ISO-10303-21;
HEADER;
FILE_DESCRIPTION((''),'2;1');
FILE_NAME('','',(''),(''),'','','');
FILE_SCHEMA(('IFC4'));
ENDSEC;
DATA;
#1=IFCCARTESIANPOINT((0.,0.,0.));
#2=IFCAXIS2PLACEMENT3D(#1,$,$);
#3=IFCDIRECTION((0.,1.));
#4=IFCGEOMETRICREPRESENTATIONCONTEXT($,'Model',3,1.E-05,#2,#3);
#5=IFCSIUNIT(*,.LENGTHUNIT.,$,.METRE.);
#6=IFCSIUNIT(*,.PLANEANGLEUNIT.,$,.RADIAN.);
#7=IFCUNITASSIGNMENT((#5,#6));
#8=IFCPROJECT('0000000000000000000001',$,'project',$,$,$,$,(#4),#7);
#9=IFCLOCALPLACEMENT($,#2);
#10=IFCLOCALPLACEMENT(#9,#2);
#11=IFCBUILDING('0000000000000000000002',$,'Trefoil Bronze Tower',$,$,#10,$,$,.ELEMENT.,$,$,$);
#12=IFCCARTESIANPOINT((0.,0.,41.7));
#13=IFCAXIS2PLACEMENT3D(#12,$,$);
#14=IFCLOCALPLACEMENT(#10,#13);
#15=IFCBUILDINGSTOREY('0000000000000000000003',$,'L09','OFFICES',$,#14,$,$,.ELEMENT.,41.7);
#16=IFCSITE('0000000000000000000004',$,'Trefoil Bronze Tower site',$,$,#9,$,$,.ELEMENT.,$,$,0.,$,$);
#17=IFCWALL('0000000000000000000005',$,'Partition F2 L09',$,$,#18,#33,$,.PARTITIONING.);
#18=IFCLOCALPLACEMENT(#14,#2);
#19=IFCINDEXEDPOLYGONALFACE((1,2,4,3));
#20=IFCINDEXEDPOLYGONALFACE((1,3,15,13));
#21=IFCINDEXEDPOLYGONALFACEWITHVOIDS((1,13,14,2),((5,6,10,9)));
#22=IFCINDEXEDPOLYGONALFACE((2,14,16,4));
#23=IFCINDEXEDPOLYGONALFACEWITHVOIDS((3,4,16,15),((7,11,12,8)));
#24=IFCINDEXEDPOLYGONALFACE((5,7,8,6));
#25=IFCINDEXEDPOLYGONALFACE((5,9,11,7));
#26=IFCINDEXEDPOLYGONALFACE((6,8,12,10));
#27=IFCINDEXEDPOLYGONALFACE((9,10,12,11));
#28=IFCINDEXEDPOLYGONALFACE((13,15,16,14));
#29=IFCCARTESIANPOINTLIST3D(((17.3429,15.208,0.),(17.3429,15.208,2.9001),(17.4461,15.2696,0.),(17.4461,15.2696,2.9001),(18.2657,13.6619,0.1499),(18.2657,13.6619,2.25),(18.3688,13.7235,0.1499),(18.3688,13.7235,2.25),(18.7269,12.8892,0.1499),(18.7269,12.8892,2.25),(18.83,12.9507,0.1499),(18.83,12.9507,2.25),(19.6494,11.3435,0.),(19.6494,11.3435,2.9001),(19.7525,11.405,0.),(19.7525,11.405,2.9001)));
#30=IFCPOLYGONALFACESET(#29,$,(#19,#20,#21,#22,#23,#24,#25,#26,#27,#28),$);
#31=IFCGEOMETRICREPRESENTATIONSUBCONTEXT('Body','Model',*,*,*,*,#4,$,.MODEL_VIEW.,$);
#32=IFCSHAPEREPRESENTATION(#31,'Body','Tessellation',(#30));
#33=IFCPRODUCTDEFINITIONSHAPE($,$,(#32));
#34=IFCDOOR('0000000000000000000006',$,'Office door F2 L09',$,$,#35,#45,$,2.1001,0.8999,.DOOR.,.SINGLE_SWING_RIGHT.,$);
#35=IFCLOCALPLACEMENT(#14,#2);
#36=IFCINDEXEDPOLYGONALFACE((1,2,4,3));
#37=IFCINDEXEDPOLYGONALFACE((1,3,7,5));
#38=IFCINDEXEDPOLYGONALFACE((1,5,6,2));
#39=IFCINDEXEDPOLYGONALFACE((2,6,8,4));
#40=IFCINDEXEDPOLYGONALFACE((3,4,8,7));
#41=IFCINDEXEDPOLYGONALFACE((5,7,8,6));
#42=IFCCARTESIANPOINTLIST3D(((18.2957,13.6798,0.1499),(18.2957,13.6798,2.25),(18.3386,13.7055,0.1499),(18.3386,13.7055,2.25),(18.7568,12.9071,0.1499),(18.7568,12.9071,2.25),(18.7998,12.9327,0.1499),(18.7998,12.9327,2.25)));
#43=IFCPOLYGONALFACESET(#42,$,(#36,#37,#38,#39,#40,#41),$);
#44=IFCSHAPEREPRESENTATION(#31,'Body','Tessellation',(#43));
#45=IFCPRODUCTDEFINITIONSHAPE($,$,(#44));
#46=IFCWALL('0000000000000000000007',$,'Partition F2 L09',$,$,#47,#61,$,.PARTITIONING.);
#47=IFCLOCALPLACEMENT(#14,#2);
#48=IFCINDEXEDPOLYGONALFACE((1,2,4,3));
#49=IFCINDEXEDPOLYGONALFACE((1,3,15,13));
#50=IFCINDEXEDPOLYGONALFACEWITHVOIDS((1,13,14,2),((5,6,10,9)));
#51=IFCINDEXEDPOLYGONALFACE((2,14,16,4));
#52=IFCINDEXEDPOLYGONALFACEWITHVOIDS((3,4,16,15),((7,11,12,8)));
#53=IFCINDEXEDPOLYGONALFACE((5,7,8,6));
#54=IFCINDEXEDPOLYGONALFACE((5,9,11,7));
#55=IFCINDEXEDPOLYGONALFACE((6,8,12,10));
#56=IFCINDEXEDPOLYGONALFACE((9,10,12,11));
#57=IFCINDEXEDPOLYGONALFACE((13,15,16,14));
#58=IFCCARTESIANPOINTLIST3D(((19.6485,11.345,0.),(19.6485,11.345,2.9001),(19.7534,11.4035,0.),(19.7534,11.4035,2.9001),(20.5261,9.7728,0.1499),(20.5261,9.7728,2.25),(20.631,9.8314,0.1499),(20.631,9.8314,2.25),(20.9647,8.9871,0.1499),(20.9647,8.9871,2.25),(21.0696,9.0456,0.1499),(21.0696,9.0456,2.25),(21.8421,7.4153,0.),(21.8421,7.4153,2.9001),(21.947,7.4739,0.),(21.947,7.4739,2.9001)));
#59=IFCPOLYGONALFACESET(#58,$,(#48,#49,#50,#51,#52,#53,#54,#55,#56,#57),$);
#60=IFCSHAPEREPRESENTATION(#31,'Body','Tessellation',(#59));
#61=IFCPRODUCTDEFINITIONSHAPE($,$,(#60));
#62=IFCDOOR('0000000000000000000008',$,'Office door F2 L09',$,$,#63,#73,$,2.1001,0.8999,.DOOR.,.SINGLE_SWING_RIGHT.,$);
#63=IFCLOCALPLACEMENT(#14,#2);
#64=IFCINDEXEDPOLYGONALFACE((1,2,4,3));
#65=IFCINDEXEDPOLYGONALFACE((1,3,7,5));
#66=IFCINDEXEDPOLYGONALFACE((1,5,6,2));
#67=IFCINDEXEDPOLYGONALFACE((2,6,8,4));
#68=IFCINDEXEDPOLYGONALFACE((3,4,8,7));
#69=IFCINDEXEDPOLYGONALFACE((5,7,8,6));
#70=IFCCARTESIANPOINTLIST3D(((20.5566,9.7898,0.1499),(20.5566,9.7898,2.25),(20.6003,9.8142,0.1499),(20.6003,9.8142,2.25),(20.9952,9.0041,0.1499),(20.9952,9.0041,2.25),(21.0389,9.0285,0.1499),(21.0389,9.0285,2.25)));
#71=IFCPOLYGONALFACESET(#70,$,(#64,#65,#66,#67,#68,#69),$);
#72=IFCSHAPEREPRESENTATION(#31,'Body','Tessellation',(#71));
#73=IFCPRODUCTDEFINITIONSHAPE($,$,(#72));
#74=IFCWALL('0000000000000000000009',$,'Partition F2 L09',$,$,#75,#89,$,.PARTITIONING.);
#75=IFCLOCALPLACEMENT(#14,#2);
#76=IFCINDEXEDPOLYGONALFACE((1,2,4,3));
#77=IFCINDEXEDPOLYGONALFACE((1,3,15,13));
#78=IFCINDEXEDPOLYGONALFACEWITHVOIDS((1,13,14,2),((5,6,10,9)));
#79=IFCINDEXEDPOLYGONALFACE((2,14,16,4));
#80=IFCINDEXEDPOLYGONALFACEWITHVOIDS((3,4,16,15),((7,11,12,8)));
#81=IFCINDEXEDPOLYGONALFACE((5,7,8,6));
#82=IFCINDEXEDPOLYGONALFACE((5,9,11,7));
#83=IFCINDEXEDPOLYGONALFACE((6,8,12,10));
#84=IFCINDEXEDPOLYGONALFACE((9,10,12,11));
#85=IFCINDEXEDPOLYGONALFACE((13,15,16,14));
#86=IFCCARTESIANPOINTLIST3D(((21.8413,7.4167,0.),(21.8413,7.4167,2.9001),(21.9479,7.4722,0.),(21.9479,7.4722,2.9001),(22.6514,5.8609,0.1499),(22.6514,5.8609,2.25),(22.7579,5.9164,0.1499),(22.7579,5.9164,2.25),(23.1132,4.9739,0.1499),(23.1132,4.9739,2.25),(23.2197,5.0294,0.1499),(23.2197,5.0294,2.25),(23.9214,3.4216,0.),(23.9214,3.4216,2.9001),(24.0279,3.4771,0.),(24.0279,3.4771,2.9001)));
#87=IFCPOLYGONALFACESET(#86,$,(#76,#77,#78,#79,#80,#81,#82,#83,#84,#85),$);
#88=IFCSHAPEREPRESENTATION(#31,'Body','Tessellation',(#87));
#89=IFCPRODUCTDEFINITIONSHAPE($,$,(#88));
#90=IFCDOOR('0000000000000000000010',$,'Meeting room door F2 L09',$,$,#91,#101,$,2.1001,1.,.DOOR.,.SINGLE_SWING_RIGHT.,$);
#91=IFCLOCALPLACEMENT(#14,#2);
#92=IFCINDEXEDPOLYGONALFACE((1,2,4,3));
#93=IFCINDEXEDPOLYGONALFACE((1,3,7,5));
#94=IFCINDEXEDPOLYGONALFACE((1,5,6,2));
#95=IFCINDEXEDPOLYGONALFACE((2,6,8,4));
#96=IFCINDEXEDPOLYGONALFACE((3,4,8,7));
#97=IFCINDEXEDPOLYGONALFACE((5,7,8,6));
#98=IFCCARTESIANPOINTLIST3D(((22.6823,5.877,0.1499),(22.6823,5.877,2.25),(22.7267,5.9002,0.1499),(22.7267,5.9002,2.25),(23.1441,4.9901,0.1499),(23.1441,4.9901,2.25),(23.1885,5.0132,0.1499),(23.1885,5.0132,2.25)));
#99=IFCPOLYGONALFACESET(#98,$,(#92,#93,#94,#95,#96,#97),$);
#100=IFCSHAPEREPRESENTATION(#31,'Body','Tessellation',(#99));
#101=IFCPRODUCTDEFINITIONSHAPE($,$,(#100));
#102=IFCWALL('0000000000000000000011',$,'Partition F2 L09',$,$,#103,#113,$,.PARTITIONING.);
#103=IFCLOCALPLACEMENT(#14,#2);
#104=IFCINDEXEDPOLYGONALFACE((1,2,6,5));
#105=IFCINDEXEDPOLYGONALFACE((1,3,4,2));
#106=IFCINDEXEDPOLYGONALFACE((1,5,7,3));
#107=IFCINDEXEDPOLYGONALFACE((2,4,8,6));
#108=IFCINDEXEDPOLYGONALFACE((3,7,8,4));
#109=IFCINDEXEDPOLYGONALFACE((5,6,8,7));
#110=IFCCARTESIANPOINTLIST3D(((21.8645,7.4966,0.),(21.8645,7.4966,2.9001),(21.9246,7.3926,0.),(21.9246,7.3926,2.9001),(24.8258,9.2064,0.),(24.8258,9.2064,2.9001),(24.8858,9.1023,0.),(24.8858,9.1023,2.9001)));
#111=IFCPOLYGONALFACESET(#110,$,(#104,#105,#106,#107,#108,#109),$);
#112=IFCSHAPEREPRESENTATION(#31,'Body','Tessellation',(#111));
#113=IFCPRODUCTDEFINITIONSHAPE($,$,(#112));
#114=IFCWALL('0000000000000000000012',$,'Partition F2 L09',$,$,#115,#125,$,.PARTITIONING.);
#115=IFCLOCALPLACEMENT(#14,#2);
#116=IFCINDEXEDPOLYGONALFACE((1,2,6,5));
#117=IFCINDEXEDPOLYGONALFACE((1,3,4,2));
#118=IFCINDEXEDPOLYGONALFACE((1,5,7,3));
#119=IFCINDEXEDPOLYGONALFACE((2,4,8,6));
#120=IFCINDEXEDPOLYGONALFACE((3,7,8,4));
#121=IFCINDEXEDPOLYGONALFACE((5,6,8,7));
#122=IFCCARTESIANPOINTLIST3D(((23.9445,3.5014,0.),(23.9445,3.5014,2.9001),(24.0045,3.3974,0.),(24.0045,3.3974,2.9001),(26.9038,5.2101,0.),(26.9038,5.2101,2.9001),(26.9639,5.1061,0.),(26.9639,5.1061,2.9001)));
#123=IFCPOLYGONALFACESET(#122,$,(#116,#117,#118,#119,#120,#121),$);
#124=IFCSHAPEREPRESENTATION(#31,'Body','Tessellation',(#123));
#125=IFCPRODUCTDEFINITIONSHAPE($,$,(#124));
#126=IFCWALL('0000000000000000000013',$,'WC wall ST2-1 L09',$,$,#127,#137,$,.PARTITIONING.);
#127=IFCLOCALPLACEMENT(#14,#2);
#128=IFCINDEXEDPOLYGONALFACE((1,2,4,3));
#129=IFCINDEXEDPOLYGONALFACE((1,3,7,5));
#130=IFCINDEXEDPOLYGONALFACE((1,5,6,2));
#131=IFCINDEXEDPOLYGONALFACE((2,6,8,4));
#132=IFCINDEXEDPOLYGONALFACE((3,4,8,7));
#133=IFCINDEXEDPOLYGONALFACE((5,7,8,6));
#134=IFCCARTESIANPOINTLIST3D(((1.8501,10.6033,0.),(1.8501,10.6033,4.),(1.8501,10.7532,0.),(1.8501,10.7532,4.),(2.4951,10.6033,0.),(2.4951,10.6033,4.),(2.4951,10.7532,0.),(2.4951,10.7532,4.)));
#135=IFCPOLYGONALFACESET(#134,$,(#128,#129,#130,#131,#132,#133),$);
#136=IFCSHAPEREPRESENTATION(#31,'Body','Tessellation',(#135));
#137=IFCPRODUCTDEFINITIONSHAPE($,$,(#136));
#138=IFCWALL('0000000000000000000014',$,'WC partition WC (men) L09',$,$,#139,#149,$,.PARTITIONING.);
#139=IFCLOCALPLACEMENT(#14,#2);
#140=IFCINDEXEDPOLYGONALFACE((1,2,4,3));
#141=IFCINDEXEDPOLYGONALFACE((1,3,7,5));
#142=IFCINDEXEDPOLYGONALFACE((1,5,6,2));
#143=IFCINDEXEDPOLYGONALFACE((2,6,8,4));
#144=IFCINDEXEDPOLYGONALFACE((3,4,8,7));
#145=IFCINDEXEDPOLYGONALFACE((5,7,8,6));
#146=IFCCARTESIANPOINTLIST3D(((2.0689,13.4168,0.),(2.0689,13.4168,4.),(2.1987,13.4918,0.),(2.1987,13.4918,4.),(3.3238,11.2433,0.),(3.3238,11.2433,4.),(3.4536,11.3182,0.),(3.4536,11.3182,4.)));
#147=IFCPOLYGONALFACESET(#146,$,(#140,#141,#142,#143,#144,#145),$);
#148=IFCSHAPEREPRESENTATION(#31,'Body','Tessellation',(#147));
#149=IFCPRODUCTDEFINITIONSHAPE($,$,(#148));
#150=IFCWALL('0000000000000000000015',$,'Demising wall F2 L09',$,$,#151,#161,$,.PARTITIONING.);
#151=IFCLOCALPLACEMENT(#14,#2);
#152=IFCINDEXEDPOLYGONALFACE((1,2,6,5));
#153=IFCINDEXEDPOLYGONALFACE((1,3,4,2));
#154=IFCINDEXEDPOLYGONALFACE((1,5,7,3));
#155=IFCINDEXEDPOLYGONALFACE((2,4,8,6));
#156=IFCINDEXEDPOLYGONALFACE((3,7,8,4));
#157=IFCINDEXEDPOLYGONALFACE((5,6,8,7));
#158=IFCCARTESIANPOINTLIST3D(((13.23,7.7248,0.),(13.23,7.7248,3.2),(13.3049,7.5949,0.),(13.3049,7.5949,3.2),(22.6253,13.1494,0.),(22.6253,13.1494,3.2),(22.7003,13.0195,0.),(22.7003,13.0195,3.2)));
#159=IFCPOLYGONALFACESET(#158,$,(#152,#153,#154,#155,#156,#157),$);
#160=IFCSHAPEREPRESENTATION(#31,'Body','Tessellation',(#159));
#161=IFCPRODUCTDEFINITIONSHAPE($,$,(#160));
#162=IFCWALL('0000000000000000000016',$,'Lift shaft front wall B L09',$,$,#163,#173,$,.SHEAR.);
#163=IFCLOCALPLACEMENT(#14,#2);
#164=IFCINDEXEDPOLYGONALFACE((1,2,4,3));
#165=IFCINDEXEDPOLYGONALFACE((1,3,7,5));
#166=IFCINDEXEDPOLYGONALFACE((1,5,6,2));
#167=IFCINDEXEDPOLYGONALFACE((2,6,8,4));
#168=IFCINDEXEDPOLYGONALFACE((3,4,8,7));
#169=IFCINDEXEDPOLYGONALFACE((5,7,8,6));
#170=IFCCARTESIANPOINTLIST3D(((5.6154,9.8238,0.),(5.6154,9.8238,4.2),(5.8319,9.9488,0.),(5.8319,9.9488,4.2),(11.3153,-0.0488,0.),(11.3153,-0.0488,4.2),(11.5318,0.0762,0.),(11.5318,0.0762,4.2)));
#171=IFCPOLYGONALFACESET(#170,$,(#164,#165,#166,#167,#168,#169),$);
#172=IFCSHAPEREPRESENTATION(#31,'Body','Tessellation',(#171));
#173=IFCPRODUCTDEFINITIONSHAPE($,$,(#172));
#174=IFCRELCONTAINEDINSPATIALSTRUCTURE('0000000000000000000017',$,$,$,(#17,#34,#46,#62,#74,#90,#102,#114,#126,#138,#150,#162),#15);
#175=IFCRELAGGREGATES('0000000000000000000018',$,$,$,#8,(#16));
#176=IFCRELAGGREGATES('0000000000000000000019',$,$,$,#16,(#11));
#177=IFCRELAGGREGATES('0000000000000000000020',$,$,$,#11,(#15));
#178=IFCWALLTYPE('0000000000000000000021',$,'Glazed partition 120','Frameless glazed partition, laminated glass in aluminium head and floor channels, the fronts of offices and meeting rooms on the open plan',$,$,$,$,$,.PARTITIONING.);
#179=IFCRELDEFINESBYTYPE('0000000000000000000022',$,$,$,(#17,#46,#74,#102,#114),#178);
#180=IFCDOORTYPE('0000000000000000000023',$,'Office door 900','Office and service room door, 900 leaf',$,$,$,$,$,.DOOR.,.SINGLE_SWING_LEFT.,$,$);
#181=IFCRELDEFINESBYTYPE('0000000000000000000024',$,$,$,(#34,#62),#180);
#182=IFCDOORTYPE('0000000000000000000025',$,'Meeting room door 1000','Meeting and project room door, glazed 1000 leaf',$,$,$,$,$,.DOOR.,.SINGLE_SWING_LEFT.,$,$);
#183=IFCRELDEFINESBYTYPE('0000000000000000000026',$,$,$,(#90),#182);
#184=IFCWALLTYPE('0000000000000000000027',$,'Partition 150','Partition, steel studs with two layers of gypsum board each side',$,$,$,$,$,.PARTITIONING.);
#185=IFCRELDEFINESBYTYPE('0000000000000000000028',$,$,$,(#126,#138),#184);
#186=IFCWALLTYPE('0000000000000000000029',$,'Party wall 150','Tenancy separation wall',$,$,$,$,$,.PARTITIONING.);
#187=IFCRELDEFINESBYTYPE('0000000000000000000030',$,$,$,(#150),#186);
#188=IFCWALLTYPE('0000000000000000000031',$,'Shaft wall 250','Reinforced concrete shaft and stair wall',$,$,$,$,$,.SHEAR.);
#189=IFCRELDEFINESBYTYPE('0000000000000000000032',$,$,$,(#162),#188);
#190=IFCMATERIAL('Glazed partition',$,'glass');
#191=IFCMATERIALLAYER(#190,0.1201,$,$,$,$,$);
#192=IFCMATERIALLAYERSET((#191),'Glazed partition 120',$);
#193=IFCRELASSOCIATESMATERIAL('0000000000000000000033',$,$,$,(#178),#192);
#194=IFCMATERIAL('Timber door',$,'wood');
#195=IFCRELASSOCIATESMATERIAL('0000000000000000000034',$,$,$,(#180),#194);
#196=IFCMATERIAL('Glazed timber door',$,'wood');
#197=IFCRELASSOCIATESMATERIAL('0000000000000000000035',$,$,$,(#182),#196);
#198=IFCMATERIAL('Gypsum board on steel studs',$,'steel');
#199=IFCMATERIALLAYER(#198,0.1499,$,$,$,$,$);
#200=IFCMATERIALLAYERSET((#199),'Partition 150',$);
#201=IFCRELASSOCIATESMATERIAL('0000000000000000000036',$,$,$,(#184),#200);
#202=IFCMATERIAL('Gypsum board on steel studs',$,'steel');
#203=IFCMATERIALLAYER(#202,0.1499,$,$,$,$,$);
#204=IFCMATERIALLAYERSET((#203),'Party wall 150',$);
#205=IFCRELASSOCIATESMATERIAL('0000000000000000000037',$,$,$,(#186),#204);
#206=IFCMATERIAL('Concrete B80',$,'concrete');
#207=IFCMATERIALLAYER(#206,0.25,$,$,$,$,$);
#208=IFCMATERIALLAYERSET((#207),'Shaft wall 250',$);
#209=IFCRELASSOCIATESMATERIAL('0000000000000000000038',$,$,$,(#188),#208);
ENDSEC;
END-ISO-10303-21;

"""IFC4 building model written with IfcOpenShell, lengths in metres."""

from ifc_helpers import new_model, si_unit, direction, frame, frame_2d, origin, place, context, subcontext, project, spatial, rectangle, extrude, material, layer, layer_set, type_object, element, fill, save


model = new_model("IFC4")

# Units and contexts
model_context = context("Model", 3, precision=1e-05, world=origin(), true_north=direction((0.0, 1.0)))
body_context = subcontext(model_context, "Body", "Model", "MODEL_VIEW")
ifc_project = project(units=[si_unit("LENGTHUNIT", "METRE"), si_unit("PLANEANGLEUNIT", "RADIAN")], contexts=[model_context])

# Site, building, storey
site_placement = place(None, origin())
site = spatial("IfcSite", under=ifc_project, at=site_placement, Name="Trefoil Bronze Tower site", CompositionType="ELEMENT", RefElevation=0.0)
building_placement = place(site_placement, origin())
building = spatial("IfcBuilding", under=site, at=building_placement, Name="Trefoil Bronze Tower", CompositionType="ELEMENT")
storey_placement = place(building_placement, frame((0.0, 0.0, 41.7)))
storey = spatial("IfcBuildingStorey", under=building, at=storey_placement, Name="L09", Description="OFFICES", CompositionType="ELEMENT", Elevation=41.7)

# Walls, openings, doors
ifc_material_1 = material(Name="Glazed partition", Category="glass")
ifc_layer_1 = layer(ifc_material_1, 0.1201)
ifc_layer_set_1 = layer_set([ifc_layer_1], Name="Glazed partition 120")
wall_type_1 = type_object("IfcWallType", Name="Glazed partition 120", Description="Frameless glazed partition, laminated glass in aluminium head and floor channels, the fronts of offices and meeting rooms on the open plan", PredefinedType="PARTITIONING", material=ifc_layer_set_1)
wall_1_placement = place(storey_placement, frame((19.7009, 11.3743, 0.0), z_axis=(0.0, 0.0, 1.0), x_axis=(-0.512484, 0.858697, 0.0)))
wall_1 = element("IfcWall", 1, at=wall_1_placement, inside=storey, type_object=wall_type_1, Name="Partition F2 L09", PredefinedType="PARTITIONING", context=body_context, shape_type="SweptSolid", body=[
    extrude(rectangle(XDim=4.5005, YDim=0.1201, at=frame_2d((2.2502, 0.0))), origin(), (0.0, 0.0, 1.0), 2.9001),
])
opening_1_placement = place(wall_1_placement, frame((1.8, 0.0, 0.1499)))
opening_1 = element("IfcOpeningElement", 2, at=opening_1_placement, cuts=wall_1, PredefinedType="OPENING", context=body_context, shape_type="SweptSolid", body=[
    extrude(rectangle(XDim=0.8999, YDim=2.1001, at=frame_2d((0.45, 1.05))), frame((0.0, 0.0701, 0.0), z_axis=(0.0, -1.0, 0.0), x_axis=(1.0, 0.0, 0.0)), (0.0, 0.0, 1.0), 0.1401),
])
ifc_material_2 = material(Name="Timber door", Category="wood")
door_type_1 = type_object("IfcDoorType", Name="Office door 900", Description="Office and service room door, 900 leaf", OperationType="SINGLE_SWING_LEFT", PredefinedType="DOOR", material=ifc_material_2)
door_1_placement = place(opening_1_placement, frame((0.8999, 0.0, 0.0), z_axis=(0.0, 0.0, 1.0), x_axis=(-1.0, 0.0, 0.0)))
door_1 = element("IfcDoor", 3, at=door_1_placement, inside=storey, type_object=door_type_1, Name="Office door F2 L09", OperationType="SINGLE_SWING_RIGHT", OverallHeight=2.1001, OverallWidth=0.8999, PredefinedType="DOOR", context=body_context, shape_type="SweptSolid", body=[
    extrude(rectangle(XDim=0.8999, YDim=2.1001, at=frame_2d((0.45, 1.05))), frame((0.0, 0.0249, 0.0), z_axis=(0.0, -1.0, 0.0), x_axis=(1.0, 0.0, 0.0)), (0.0, 0.0, 1.0), 0.05),
])
fill(opening_1, door_1)
wall_2_placement = place(storey_placement, frame((21.8945, 7.4446, 0.0), z_axis=(0.0, 0.0, 1.0), x_axis=(-0.487415, 0.87317, 0.0)))
wall_2 = element("IfcWall", 4, at=wall_2_placement, inside=storey, type_object=wall_type_1, Name="Partition F2 L09", PredefinedType="PARTITIONING", context=body_context, shape_type="SweptSolid", body=[
    extrude(rectangle(XDim=4.5005, YDim=0.1201, at=frame_2d((2.2502, 0.0))), origin(), (0.0, 0.0, 1.0), 2.9001),
])
opening_2_placement = place(wall_2_placement, frame((1.8, 0.0, 0.1499)))
opening_2 = element("IfcOpeningElement", 5, at=opening_2_placement, cuts=wall_2, PredefinedType="OPENING", context=body_context, shape_type="SweptSolid", body=[
    extrude(rectangle(XDim=0.8999, YDim=2.1001, at=frame_2d((0.45, 1.05))), frame((0.0, 0.0701, 0.0), z_axis=(0.0, -1.0, 0.0), x_axis=(1.0, 0.0, 0.0)), (0.0, 0.0, 1.0), 0.1401),
])
door_2_placement = place(opening_2_placement, frame((0.8999, 0.0, 0.0), z_axis=(0.0, 0.0, 1.0), x_axis=(-1.0, 0.0, 0.0)))
door_2 = element("IfcDoor", 6, at=door_2_placement, inside=storey, type_object=door_type_1, Name="Office door F2 L09", OperationType="SINGLE_SWING_RIGHT", OverallHeight=2.1001, OverallWidth=0.8999, PredefinedType="DOOR", context=body_context, shape_type="SweptSolid", body=[
    extrude(rectangle(XDim=0.8999, YDim=2.1001, at=frame_2d((0.45, 1.05))), frame((0.0, 0.0249, 0.0), z_axis=(0.0, -1.0, 0.0), x_axis=(1.0, 0.0, 0.0)), (0.0, 0.0, 1.0), 0.05),
])
fill(opening_2, door_2)
wall_3_placement = place(storey_placement, frame((23.9746, 3.4495, 0.0), z_axis=(0.0, 0.0, 1.0), x_axis=(-0.46181, 0.886979, 0.0)))
wall_3 = element("IfcWall", 7, at=wall_3_placement, inside=storey, type_object=wall_type_1, Name="Partition F2 L09", PredefinedType="PARTITIONING", context=body_context, shape_type="SweptSolid", body=[
    extrude(rectangle(XDim=4.5042, YDim=0.1201, at=frame_2d((2.252, 0.0))), origin(), (0.0, 0.0, 1.0), 2.9001),
])
opening_3_placement = place(wall_3_placement, frame((1.75, 0.0, 0.1499)))
opening_3 = element("IfcOpeningElement", 8, at=opening_3_placement, cuts=wall_3, PredefinedType="OPENING", context=body_context, shape_type="SweptSolid", body=[
    extrude(rectangle(XDim=1.0, YDim=2.1001, at=frame_2d((0.5, 1.05))), frame((0.0, 0.0701, 0.0), z_axis=(0.0, -1.0, 0.0), x_axis=(1.0, 0.0, 0.0)), (0.0, 0.0, 1.0), 0.1401),
])
ifc_material_3 = material(Name="Glazed timber door", Category="wood")
door_type_2 = type_object("IfcDoorType", Name="Meeting room door 1000", Description="Meeting and project room door, glazed 1000 leaf", OperationType="SINGLE_SWING_LEFT", PredefinedType="DOOR", material=ifc_material_3)
door_3_placement = place(opening_3_placement, frame((1.0, 0.0, 0.0), z_axis=(0.0, 0.0, 1.0), x_axis=(-1.0, 0.0, 0.0)))
door_3 = element("IfcDoor", 9, at=door_3_placement, inside=storey, type_object=door_type_2, Name="Meeting room door F2 L09", OperationType="SINGLE_SWING_RIGHT", OverallHeight=2.1001, OverallWidth=1.0, PredefinedType="DOOR", context=body_context, shape_type="SweptSolid", body=[
    extrude(rectangle(XDim=1.0, YDim=2.1001, at=frame_2d((0.5, 1.05))), frame((0.0, 0.0249, 0.0), z_axis=(0.0, -1.0, 0.0), x_axis=(1.0, 0.0, 0.0)), (0.0, 0.0, 1.0), 0.05),
])
fill(opening_3, door_3)

# Walls
wall_4_placement = place(storey_placement, frame((21.8945, 7.4446, 0.0), z_axis=(0.0, 0.0, 1.0), x_axis=(0.866016, 0.500017, 0.0)))
element("IfcWall", 10, at=wall_4_placement, inside=storey, type_object=wall_type_1, Name="Partition F2 L09", PredefinedType="PARTITIONING", context=body_context, shape_type="SweptSolid", body=[
    extrude(rectangle(XDim=3.4194, YDim=0.1201, at=frame_2d((1.7097, 0.0))), origin(), (0.0, 0.0, 1.0), 2.9001),
])
wall_5_placement = place(storey_placement, frame((23.9746, 3.4495, 0.0), z_axis=(0.0, 0.0, 1.0), x_axis=(0.866014, 0.500019, 0.0)))
element("IfcWall", 11, at=wall_5_placement, inside=storey, type_object=wall_type_1, Name="Partition F2 L09", PredefinedType="PARTITIONING", context=body_context, shape_type="SweptSolid", body=[
    extrude(rectangle(XDim=3.4172, YDim=0.1201, at=frame_2d((1.7085, 0.0))), origin(), (0.0, 0.0, 1.0), 2.9001),
])
ifc_material_4 = material(Name="Gypsum board on steel studs", Category="steel")
ifc_layer_2 = layer(ifc_material_4, 0.1499)
ifc_layer_set_2 = layer_set([ifc_layer_2], Name="Partition 150")
wall_type_2 = type_object("IfcWallType", Name="Partition 150", Description="Partition, steel studs with two layers of gypsum board each side", PredefinedType="PARTITIONING", material=ifc_layer_set_2)
wall_6_placement = place(storey_placement, frame((2.4951, 10.6782, 0.0), z_axis=(0.0, 0.0, 1.0), x_axis=(-1.0, 0.0, 0.0)))
element("IfcWall", 12, at=wall_6_placement, inside=storey, type_object=wall_type_2, Name="WC wall ST2-1 L09", PredefinedType="PARTITIONING", context=body_context, shape_type="SweptSolid", body=[
    extrude(rectangle(XDim=0.645, YDim=0.1499, at=frame_2d((0.3225, 0.0))), origin(), (0.0, 0.0, 1.0), 4.0),
])
wall_7_placement = place(storey_placement, frame((3.3887, 11.2808, 0.0), z_axis=(0.0, 0.0, 1.0), x_axis=(-0.499989, 0.866032, 0.0)))
element("IfcWall", 13, at=wall_7_placement, inside=storey, type_object=wall_type_2, Name="WC partition WC (men) L09", PredefinedType="PARTITIONING", context=body_context, shape_type="SweptSolid", body=[
    extrude(rectangle(XDim=2.5098, YDim=0.1499, at=frame_2d((1.2549, 0.0))), origin(), (0.0, 0.0, 1.0), 4.0),
])
ifc_material_5 = material(Name="Gypsum board on steel studs", Category="steel")
ifc_layer_3 = layer(ifc_material_5, 0.1499)
ifc_layer_set_3 = layer_set([ifc_layer_3], Name="Party wall 150")
wall_type_3 = type_object("IfcWallType", Name="Party wall 150", Description="Tenancy separation wall", PredefinedType="PARTITIONING", material=ifc_layer_set_3)
wall_8_placement = place(storey_placement, frame((13.2676, 7.6599, 0.0), z_axis=(0.0, 0.0, 1.0), x_axis=(0.866017, 0.500014, 0.0)))
element("IfcWall", 14, at=wall_8_placement, inside=storey, type_object=wall_type_3, Name="Demising wall F2 L09", PredefinedType="PARTITIONING", context=body_context, shape_type="SweptSolid", body=[
    extrude(rectangle(XDim=10.8489, YDim=0.1499, at=frame_2d((5.4243, 0.0))), origin(), (0.0, 0.0, 1.0), 3.2),
])
ifc_material_6 = material(Name="Concrete B80", Category="concrete")
ifc_layer_4 = layer(ifc_material_6, 0.25)
ifc_layer_set_4 = layer_set([ifc_layer_4], Name="Shaft wall 250")
wall_type_4 = type_object("IfcWallType", Name="Shaft wall 250", Description="Reinforced concrete shaft and stair wall", PredefinedType="SHEAR", material=ifc_layer_set_4)
wall_9_placement = place(storey_placement, frame((11.4236, 0.0137, 0.0), z_axis=(0.0, 0.0, 1.0), x_axis=(-0.500002, 0.866024, 0.0)))
element("IfcWall", 15, at=wall_9_placement, inside=storey, type_object=wall_type_4, Name="Lift shaft front wall B L09", PredefinedType="SHEAR", context=body_context, shape_type="SweptSolid", body=[
    extrude(rectangle(XDim=11.3999, YDim=0.25, at=frame_2d((5.7, 0.0))), origin(), (0.0, 0.0, 1.0), 4.2),
])

save(model, "model.ifc")
